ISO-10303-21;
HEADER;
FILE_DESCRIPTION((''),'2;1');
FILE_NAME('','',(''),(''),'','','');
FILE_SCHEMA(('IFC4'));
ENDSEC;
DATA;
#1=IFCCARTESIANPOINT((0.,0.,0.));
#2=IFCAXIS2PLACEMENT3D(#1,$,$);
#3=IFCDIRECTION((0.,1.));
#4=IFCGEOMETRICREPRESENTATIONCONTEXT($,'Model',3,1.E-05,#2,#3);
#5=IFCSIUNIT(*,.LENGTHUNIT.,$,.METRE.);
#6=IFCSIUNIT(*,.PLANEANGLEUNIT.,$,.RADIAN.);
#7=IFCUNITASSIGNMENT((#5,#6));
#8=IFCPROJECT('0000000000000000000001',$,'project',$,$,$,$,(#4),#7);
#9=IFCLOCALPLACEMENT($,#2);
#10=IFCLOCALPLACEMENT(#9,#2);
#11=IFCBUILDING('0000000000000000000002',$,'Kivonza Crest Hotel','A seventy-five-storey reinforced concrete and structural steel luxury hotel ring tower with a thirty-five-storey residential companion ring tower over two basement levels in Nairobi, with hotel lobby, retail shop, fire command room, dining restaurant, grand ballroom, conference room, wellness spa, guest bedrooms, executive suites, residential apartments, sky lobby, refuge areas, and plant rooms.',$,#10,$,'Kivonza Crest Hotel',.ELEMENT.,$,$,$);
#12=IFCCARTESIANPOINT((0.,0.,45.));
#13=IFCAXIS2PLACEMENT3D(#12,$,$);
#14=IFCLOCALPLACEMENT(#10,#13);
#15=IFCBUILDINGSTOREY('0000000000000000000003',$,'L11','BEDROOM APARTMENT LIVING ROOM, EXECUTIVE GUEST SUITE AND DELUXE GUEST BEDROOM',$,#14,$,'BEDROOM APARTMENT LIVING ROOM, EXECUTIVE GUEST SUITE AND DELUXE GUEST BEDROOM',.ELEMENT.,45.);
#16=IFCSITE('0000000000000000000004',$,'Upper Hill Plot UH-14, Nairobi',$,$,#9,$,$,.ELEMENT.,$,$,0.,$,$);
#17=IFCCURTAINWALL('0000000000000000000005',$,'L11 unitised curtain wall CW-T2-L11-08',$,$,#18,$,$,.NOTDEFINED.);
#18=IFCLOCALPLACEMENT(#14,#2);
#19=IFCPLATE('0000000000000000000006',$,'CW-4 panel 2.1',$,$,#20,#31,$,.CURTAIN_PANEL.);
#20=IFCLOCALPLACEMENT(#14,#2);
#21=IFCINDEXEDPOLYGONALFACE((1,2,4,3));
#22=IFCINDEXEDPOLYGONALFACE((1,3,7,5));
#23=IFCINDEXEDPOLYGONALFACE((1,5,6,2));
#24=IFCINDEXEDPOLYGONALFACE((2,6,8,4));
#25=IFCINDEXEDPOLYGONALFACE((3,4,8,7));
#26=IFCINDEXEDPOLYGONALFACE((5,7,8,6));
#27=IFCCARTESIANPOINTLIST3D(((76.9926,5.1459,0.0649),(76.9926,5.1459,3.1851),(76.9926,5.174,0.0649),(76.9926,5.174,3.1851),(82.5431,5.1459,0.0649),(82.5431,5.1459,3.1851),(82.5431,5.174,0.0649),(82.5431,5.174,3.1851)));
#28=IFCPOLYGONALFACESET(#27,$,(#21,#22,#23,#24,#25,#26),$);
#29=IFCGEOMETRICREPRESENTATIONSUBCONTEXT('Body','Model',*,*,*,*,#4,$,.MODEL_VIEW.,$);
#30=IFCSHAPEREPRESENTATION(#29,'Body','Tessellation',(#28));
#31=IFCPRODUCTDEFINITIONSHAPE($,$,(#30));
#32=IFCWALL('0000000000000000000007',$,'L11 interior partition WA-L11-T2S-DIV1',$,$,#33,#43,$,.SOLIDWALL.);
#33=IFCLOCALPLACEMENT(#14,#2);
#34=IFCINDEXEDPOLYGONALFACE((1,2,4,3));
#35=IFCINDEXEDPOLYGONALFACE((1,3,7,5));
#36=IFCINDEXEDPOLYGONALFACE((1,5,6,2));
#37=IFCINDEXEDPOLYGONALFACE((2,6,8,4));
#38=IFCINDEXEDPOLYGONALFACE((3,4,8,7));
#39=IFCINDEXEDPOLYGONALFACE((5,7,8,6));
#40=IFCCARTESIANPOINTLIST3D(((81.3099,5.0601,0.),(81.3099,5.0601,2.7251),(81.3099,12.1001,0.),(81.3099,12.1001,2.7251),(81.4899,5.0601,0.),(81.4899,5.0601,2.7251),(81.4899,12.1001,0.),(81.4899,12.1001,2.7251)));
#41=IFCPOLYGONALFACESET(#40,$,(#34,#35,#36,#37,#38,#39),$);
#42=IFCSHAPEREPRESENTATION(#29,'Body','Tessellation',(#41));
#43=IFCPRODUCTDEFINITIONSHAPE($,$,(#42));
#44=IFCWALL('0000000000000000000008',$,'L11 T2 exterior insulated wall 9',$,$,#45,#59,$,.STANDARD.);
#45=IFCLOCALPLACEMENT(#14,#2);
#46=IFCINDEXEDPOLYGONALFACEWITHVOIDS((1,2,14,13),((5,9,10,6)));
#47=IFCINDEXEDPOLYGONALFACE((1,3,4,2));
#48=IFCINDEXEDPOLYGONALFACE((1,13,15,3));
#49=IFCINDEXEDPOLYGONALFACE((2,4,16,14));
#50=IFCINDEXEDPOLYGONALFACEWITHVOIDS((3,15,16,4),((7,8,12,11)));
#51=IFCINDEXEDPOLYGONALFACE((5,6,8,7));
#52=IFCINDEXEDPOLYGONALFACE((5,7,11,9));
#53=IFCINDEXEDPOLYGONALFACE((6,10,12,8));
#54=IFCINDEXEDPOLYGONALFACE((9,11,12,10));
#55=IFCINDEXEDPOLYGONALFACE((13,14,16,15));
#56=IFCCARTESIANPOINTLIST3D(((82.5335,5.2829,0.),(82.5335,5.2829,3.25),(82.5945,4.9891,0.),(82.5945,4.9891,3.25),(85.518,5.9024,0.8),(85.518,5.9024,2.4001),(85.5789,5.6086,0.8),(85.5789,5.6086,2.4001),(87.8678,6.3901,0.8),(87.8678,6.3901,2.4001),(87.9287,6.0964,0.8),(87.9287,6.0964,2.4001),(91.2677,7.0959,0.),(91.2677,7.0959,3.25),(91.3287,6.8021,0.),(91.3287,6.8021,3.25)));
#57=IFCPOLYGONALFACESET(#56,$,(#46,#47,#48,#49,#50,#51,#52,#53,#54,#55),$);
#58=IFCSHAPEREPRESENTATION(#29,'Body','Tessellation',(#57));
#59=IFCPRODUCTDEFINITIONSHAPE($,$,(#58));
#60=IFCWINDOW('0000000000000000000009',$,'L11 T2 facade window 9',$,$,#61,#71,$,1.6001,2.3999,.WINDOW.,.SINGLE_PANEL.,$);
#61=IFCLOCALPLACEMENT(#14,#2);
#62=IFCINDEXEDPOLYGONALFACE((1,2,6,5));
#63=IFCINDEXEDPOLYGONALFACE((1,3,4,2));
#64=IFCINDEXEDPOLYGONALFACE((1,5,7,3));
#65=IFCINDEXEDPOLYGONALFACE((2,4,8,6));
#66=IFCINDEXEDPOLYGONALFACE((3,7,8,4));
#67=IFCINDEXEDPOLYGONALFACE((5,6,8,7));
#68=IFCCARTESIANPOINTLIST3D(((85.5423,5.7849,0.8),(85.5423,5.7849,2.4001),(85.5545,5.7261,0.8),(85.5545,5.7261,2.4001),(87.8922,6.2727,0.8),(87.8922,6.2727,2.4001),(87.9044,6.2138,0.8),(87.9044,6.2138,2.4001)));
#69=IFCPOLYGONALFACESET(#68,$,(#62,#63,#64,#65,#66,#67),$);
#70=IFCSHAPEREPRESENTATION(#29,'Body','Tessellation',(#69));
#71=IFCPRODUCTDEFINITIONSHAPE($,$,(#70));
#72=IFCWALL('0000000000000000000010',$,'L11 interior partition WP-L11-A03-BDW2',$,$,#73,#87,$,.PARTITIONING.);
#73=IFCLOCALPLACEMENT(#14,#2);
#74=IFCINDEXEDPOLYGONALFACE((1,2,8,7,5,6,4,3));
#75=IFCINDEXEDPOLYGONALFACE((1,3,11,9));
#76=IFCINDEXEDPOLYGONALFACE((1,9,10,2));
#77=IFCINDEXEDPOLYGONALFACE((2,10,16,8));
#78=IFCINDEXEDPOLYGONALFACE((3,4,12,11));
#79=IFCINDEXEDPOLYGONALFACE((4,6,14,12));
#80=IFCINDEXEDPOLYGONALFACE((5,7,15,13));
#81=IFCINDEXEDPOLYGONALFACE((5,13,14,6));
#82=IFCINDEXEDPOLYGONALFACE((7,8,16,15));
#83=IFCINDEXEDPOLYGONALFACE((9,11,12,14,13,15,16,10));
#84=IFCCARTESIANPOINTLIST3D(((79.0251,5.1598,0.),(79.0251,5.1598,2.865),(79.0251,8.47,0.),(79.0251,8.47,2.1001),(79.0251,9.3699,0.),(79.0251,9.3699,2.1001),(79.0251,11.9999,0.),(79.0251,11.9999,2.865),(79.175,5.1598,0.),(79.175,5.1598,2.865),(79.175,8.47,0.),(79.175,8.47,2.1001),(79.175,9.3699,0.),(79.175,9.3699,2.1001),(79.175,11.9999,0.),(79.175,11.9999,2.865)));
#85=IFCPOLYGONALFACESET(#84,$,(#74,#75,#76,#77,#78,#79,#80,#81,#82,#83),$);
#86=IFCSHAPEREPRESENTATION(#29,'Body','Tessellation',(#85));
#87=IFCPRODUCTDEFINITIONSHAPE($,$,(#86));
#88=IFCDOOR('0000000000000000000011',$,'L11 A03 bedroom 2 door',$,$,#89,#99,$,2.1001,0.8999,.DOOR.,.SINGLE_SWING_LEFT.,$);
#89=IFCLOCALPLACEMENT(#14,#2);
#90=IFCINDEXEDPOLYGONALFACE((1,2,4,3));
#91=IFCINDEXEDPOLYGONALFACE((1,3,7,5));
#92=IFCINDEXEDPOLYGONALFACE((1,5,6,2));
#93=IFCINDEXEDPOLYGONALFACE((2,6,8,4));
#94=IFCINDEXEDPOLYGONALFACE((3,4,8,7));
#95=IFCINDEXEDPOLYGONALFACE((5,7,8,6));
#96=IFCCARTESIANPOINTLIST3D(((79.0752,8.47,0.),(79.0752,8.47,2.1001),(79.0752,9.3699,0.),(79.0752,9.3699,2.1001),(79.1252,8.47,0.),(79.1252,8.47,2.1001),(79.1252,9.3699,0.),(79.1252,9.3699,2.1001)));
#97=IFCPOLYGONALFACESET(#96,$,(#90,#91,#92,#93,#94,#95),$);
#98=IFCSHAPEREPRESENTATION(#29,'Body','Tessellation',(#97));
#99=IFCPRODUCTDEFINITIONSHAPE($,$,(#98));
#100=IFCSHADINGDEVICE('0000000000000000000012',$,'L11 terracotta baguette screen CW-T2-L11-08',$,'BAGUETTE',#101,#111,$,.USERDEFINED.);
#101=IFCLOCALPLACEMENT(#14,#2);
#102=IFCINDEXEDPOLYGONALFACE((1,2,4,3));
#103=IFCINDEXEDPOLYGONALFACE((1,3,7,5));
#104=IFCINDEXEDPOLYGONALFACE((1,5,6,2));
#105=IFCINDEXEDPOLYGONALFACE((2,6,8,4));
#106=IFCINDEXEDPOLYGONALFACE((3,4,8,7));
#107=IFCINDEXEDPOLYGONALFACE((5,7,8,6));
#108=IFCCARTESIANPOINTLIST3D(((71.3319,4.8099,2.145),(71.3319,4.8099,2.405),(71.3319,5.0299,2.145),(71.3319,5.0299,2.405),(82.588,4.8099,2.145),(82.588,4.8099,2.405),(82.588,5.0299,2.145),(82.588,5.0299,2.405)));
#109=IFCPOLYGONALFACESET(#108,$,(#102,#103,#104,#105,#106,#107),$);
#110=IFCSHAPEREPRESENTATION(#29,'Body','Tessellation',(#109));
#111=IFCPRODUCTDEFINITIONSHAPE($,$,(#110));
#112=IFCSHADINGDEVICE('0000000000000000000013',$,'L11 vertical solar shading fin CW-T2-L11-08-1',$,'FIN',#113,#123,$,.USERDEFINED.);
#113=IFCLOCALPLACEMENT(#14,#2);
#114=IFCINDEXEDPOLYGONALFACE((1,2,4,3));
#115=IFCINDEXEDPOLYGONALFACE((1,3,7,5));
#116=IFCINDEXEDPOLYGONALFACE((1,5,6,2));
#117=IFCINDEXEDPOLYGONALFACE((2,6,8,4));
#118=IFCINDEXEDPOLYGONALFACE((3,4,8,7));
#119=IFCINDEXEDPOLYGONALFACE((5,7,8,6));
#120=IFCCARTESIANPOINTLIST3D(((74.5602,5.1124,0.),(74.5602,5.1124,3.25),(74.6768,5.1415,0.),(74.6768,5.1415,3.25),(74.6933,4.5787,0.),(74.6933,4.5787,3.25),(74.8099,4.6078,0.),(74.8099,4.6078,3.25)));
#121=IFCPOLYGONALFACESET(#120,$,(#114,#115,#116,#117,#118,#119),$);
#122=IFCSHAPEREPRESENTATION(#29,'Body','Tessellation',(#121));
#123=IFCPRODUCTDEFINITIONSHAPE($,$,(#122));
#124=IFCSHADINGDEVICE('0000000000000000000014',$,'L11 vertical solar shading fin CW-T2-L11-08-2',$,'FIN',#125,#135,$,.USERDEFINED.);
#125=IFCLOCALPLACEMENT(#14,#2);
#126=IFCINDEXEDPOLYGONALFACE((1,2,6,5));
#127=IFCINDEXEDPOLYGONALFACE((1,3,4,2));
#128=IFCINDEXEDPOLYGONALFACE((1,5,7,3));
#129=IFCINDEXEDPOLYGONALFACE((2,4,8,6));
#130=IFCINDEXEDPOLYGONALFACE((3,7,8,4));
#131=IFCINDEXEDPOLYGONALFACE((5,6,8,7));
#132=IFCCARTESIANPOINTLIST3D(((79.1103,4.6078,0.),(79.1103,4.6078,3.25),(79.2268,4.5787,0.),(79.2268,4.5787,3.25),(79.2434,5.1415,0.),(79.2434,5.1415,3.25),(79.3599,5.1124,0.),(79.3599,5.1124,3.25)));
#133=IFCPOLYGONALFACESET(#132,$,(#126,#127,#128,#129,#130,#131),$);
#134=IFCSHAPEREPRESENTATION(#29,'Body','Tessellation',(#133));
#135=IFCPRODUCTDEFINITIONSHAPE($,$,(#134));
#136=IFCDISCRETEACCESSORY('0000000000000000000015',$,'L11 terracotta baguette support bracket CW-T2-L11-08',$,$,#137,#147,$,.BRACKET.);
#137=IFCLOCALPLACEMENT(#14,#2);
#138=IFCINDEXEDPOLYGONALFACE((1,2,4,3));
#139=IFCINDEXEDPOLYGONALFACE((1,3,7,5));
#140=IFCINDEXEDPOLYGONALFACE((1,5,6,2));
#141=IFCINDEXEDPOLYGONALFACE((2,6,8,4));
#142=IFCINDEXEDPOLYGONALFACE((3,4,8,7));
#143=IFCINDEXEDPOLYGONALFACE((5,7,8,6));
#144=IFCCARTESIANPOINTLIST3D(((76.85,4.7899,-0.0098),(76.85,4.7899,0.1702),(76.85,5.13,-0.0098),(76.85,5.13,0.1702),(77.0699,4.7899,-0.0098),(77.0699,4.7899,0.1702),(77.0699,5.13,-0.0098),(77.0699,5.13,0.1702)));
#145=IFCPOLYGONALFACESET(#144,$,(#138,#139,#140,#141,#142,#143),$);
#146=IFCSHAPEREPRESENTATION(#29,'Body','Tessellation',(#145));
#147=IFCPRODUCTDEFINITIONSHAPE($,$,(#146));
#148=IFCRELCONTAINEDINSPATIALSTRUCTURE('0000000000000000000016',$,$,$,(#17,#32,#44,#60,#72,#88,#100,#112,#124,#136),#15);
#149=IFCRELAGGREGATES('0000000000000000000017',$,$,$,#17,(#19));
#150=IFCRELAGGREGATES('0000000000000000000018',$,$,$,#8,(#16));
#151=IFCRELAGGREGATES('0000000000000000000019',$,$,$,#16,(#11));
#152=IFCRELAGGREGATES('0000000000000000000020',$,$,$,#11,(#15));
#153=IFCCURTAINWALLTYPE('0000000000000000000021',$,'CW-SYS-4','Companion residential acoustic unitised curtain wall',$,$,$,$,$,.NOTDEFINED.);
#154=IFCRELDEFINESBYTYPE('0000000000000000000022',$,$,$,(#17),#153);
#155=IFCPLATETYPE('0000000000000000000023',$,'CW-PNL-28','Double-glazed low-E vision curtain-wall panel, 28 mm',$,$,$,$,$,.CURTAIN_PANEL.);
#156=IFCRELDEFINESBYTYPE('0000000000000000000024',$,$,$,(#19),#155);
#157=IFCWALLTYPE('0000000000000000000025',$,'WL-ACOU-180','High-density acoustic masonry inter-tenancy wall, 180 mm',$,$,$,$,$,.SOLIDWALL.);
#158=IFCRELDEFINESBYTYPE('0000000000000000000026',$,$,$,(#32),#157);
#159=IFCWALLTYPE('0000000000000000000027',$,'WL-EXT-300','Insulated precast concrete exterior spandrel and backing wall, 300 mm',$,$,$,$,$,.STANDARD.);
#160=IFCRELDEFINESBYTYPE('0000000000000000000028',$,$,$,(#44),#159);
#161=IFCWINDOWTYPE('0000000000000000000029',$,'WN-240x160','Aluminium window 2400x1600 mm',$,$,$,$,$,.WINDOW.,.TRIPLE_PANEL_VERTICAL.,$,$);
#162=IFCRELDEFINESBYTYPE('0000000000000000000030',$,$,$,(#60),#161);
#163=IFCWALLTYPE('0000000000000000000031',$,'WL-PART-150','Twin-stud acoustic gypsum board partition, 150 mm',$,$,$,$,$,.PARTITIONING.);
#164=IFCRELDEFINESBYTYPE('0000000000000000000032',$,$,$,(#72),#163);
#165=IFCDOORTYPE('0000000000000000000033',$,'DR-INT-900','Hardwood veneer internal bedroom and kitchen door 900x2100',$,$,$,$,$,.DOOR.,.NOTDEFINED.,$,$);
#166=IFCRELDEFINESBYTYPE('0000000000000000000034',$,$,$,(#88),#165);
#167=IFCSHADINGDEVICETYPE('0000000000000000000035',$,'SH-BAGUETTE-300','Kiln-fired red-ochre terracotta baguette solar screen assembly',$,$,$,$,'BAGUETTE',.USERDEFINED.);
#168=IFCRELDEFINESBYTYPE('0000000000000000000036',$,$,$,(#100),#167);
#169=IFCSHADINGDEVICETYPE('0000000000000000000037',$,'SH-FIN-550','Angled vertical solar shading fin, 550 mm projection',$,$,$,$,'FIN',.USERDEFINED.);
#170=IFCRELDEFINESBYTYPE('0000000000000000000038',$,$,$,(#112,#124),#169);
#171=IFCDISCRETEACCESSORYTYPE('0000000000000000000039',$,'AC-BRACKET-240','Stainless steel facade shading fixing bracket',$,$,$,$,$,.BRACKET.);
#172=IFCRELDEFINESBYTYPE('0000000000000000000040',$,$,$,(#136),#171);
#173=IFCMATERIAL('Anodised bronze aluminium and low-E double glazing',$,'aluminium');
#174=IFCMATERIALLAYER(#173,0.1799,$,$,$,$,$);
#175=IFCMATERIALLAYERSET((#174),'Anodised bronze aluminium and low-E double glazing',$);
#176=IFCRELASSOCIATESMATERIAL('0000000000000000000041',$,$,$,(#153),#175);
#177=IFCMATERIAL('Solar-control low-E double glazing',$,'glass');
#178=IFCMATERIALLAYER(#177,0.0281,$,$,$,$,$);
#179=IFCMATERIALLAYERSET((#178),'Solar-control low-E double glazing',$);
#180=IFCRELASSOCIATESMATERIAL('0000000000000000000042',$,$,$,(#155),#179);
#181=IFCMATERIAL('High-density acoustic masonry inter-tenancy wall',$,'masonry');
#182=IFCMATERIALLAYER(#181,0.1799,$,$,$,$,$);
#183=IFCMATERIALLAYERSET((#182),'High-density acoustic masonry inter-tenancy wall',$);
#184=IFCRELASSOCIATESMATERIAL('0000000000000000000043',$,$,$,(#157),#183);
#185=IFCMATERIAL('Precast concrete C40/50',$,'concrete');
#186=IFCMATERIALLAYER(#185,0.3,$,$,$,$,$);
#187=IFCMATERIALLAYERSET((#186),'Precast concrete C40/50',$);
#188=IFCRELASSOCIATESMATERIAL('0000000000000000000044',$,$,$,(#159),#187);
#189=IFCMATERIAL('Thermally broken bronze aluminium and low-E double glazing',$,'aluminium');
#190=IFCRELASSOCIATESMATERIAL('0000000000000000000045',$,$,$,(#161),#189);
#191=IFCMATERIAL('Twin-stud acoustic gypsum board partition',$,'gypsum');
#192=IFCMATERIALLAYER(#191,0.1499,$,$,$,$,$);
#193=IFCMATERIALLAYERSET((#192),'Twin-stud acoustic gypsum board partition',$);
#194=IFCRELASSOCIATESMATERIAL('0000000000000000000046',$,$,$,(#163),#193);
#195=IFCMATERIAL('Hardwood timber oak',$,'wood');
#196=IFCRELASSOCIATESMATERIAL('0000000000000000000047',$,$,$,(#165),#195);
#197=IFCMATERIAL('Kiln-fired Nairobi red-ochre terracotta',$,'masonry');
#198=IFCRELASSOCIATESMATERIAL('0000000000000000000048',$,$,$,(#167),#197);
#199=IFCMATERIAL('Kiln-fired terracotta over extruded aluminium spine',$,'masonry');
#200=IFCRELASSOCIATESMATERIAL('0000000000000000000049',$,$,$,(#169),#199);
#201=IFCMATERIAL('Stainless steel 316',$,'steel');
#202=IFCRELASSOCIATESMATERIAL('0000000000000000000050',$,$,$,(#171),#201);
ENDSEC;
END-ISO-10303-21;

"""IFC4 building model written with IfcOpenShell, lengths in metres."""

from ifc_helpers import new_model, si_unit, direction, frame, frame_2d, origin, origin_2d, place, context, subcontext, project, spatial, rectangle, extrude, material, layer, layer_set, type_object, element, fill, aggregate, save


model = new_model("IFC4")

# Units and contexts
model_context = context("Model", 3, precision=1e-05, world=origin(), true_north=direction((0.0, 1.0)))
body_context = subcontext(model_context, "Body", "Model", "MODEL_VIEW")
ifc_project = project(units=[si_unit("LENGTHUNIT", "METRE"), si_unit("PLANEANGLEUNIT", "RADIAN")], contexts=[model_context])

# Site, building, storey
site_placement = place(None, origin())
site = spatial("IfcSite", under=ifc_project, at=site_placement, Name="Upper Hill Plot UH-14, Nairobi", CompositionType="ELEMENT", RefElevation=0.0)
building_placement = place(site_placement, origin())
building = spatial("IfcBuilding", under=site, at=building_placement, Name="Kivonza Crest Hotel", Description="A seventy-five-storey reinforced concrete and structural steel luxury hotel ring tower with a thirty-five-storey residential companion ring tower over two basement levels in Nairobi, with hotel lobby, retail shop, fire command room, dining restaurant, grand ballroom, conference room, wellness spa, guest bedrooms, executive suites, residential apartments, sky lobby, refuge areas, and plant rooms.", LongName="Kivonza Crest Hotel", CompositionType="ELEMENT")
storey_placement = place(building_placement, frame((0.0, 0.0, 45.0)))
storey = spatial("IfcBuildingStorey", under=building, at=storey_placement, Name="L11", Description="BEDROOM APARTMENT LIVING ROOM, EXECUTIVE GUEST SUITE AND DELUXE GUEST BEDROOM", LongName="BEDROOM APARTMENT LIVING ROOM, EXECUTIVE GUEST SUITE AND DELUXE GUEST BEDROOM", CompositionType="ELEMENT", Elevation=45.0)

# Curtain wall, plate
ifc_material_1 = material(Name="Anodised bronze aluminium and low-E double glazing", Category="aluminium")
ifc_layer_1 = layer(ifc_material_1, 0.1799)
ifc_layer_set_1 = layer_set([ifc_layer_1], Name="Anodised bronze aluminium and low-E double glazing")
curtain_wall_type = type_object("IfcCurtainWallType", Name="CW-SYS-4", Description="Companion residential acoustic unitised curtain wall", PredefinedType="NOTDEFINED", material=ifc_layer_set_1)
curtain_wall_placement = place(storey_placement, origin())
curtain_wall = element("IfcCurtainWall", 1, at=curtain_wall_placement, inside=storey, type_object=curtain_wall_type, Name="L11 unitised curtain wall CW-T2-L11-08", PredefinedType="NOTDEFINED")
ifc_material_2 = material(Name="Solar-control low-E double glazing", Category="glass")
ifc_layer_2 = layer(ifc_material_2, 0.0281)
ifc_layer_set_2 = layer_set([ifc_layer_2], Name="Solar-control low-E double glazing")
plate_type = type_object("IfcPlateType", Name="CW-PNL-28", Description="Double-glazed low-E vision curtain-wall panel, 28 mm", PredefinedType="CURTAIN_PANEL", material=ifc_layer_set_2)
plate_1_placement = place(storey_placement, frame((79.7678, 5.1599, 0.0649), z_axis=(0.0, 0.0, 1.0), x_axis=(1.0, 0.0, 0.0)))
plate_1 = element("IfcPlate", 2, at=plate_1_placement, type_object=plate_type, Name="CW-4 panel 2.1", PredefinedType="CURTAIN_PANEL", context=body_context, shape_type="SweptSolid", body=[
    extrude(rectangle(XDim=5.5505, YDim=0.0281, at=origin_2d()), origin(), (0.0, 0.0, 1.0), 3.1201),
])
aggregate(curtain_wall, [plate_1])

# Wall
ifc_material_3 = material(Name="High-density acoustic masonry inter-tenancy wall", Category="masonry")
ifc_layer_3 = layer(ifc_material_3, 0.1799)
ifc_layer_set_3 = layer_set([ifc_layer_3], Name="High-density acoustic masonry inter-tenancy wall")
wall_type_1 = type_object("IfcWallType", Name="WL-ACOU-180", Description="High-density acoustic masonry inter-tenancy wall, 180 mm", PredefinedType="SOLIDWALL", material=ifc_layer_set_3)
wall_1_placement = place(storey_placement, frame((81.3999, 5.0601, 0.0), z_axis=(0.0, 0.0, 1.0), x_axis=(0.0, 1.0, 0.0)))
element("IfcWall", 3, at=wall_1_placement, inside=storey, type_object=wall_type_1, Name="L11 interior partition WA-L11-T2S-DIV1", PredefinedType="SOLIDWALL", context=body_context, shape_type="SweptSolid", body=[
    extrude(rectangle(XDim=7.04, YDim=0.1799, at=frame_2d((3.52, 0.0))), origin(), (0.0, 0.0, 1.0), 2.7251),
])

# Wall, opening, window
ifc_material_4 = material(Name="Precast concrete C40/50", Category="concrete")
ifc_layer_4 = layer(ifc_material_4, 0.3)
ifc_layer_set_4 = layer_set([ifc_layer_4], Name="Precast concrete C40/50")
wall_type_2 = type_object("IfcWallType", Name="WL-EXT-300", Description="Insulated precast concrete exterior spandrel and backing wall, 300 mm", PredefinedType="STANDARD", material=ifc_layer_set_4)
wall_2_placement = place(storey_placement, frame((82.564, 5.136, 0.0), z_axis=(0.0, 0.0, 1.0), x_axis=(0.979128, 0.203243, 0.0)))
wall_2 = element("IfcWall", 4, at=wall_2_placement, inside=storey, type_object=wall_type_2, Name="L11 T2 exterior insulated wall 9", PredefinedType="STANDARD", context=body_context, shape_type="SweptSolid", body=[
    extrude(rectangle(XDim=8.9204, YDim=0.3, at=frame_2d((4.4602, 0.0))), origin(), (0.0, 0.0, 1.0), 3.25),
])
opening_1_placement = place(wall_2_placement, frame((3.0481, 0.0, 0.8)))
opening_1 = element("IfcOpeningElement", 5, at=opening_1_placement, cuts=wall_2, PredefinedType="OPENING", context=body_context, shape_type="SweptSolid", body=[
    extrude(rectangle(XDim=2.3999, YDim=1.6001, at=frame_2d((1.2, 0.8))), frame((0.0, 0.1602, 0.0), z_axis=(0.0, -1.0, 0.0), x_axis=(1.0, 0.0, 0.0)), (0.0, 0.0, 1.0), 0.3201),
])
ifc_material_5 = material(Name="Thermally broken bronze aluminium and low-E double glazing", Category="aluminium")
window_type = type_object("IfcWindowType", Name="WN-240x160", Description="Aluminium window 2400x1600 mm", PartitioningType="TRIPLE_PANEL_VERTICAL", PredefinedType="WINDOW", material=ifc_material_5)
window_placement = place(opening_1_placement, origin())
window = element("IfcWindow", 6, at=window_placement, inside=storey, type_object=window_type, Name="L11 T2 facade window 9", OverallHeight=1.6001, OverallWidth=2.3999, PartitioningType="SINGLE_PANEL", PredefinedType="WINDOW", context=body_context, shape_type="SweptSolid", body=[
    extrude(rectangle(XDim=2.3999, YDim=1.6001, at=frame_2d((1.2, 0.8))), frame((0.0, 0.03, 0.0), z_axis=(0.0, -1.0, 0.0), x_axis=(1.0, 0.0, 0.0)), (0.0, 0.0, 1.0), 0.0601),
])
fill(opening_1, window)

# Wall, opening, door
ifc_material_6 = material(Name="Twin-stud acoustic gypsum board partition", Category="gypsum")
ifc_layer_5 = layer(ifc_material_6, 0.1499)
ifc_layer_set_5 = layer_set([ifc_layer_5], Name="Twin-stud acoustic gypsum board partition")
wall_type_3 = type_object("IfcWallType", Name="WL-PART-150", Description="Twin-stud acoustic gypsum board partition, 150 mm", PredefinedType="PARTITIONING", material=ifc_layer_set_5)
wall_3_placement = place(storey_placement, frame((79.1001, 5.1599, 0.0), z_axis=(0.0, 0.0, 1.0), x_axis=(0.0, 1.0, 0.0)))
wall_3 = element("IfcWall", 7, at=wall_3_placement, inside=storey, type_object=wall_type_3, Name="L11 interior partition WP-L11-A03-BDW2", PredefinedType="PARTITIONING", context=body_context, shape_type="SweptSolid", body=[
    extrude(rectangle(XDim=6.8401, YDim=0.1499, at=frame_2d((3.4199, 0.0))), origin(), (0.0, 0.0, 1.0), 2.865),
])
opening_2_placement = place(wall_3_placement, frame((3.3101, 0.0, 0.0)))
opening_2 = element("IfcOpeningElement", 8, at=opening_2_placement, cuts=wall_3, PredefinedType="OPENING", context=body_context, shape_type="SweptSolid", body=[
    extrude(rectangle(XDim=0.8999, YDim=2.1001, at=frame_2d((0.45, 1.05))), frame((0.0, 0.085, 0.0), z_axis=(0.0, -1.0, 0.0), x_axis=(1.0, 0.0, 0.0)), (0.0, 0.0, 1.0), 0.1699),
])
ifc_material_7 = material(Name="Hardwood timber oak", Category="wood")
door_type = type_object("IfcDoorType", Name="DR-INT-900", Description="Hardwood veneer internal bedroom and kitchen door 900x2100", OperationType="NOTDEFINED", PredefinedType="DOOR", material=ifc_material_7)
door_placement = place(opening_2_placement, origin())
door = element("IfcDoor", 9, at=door_placement, inside=storey, type_object=door_type, Name="L11 A03 bedroom 2 door", OperationType="SINGLE_SWING_LEFT", OverallHeight=2.1001, OverallWidth=0.8999, PredefinedType="DOOR", context=body_context, shape_type="SweptSolid", body=[
    extrude(rectangle(XDim=0.8999, YDim=2.1001, at=frame_2d((0.45, 1.05))), frame((0.0, 0.0249, 0.0), z_axis=(0.0, -1.0, 0.0), x_axis=(1.0, 0.0, 0.0)), (0.0, 0.0, 1.0), 0.05),
])
fill(opening_2, door)

# Shading devices
ifc_material_8 = material(Name="Kiln-fired Nairobi red-ochre terracotta", Category="masonry")
shading_device_type_1 = type_object("IfcShadingDeviceType", Name="SH-BAGUETTE-300", Description="Kiln-fired red-ochre terracotta baguette solar screen assembly", ElementType="BAGUETTE", PredefinedType="USERDEFINED", material=ifc_material_8)
shading_device_placement = place(storey_placement, frame((76.96, 4.9199, 2.145), z_axis=(0.0, 0.0, 1.0), x_axis=(1.0, 0.0, 0.0)))
element("IfcShadingDevice", 10, at=shading_device_placement, inside=storey, type_object=shading_device_type_1, Name="L11 terracotta baguette screen CW-T2-L11-08", ObjectType="BAGUETTE", PredefinedType="USERDEFINED", context=body_context, shape_type="SweptSolid", body=[
    extrude(rectangle(XDim=11.2561, YDim=0.22, at=origin_2d()), origin(), (0.0, 0.0, 1.0), 0.26),
])
ifc_material_9 = material(Name="Kiln-fired terracotta over extruded aluminium spine", Category="masonry")
shading_device_type_2 = type_object("IfcShadingDeviceType", Name="SH-FIN-550", Description="Angled vertical solar shading fin, 550 mm projection", ElementType="FIN", PredefinedType="USERDEFINED", material=ifc_material_9)
for number, where, z_axis, x_axis, name in (
    (11, (74.6851, 4.8601, 0.0), (0.0, 0.0, 1.0), (0.970296, 0.241922, 0.0), "L11 vertical solar shading fin CW-T2-L11-08-1"),
    (12, (79.2351, 4.8601, 0.0), (0.0, 0.0, 1.0), (0.970296, -0.241922, 0.0), "L11 vertical solar shading fin CW-T2-L11-08-2"),
):
    element("IfcShadingDevice", number, at=place(storey_placement, frame(where, z_axis=z_axis, x_axis=x_axis)), inside=storey, type_object=shading_device_type_2, Name=name, ObjectType="FIN", PredefinedType="USERDEFINED", context=body_context, shape_type="SweptSolid", body=[
        extrude(rectangle(XDim=0.1201, YDim=0.55, at=origin_2d()), origin(), (0.0, 0.0, 1.0), 3.25),
    ])

# Discrete accessory
ifc_material_10 = material(Name="Stainless steel 316", Category="steel")
discrete_accessory_type = type_object("IfcDiscreteAccessoryType", Name="AC-BRACKET-240", Description="Stainless steel facade shading fixing bracket", PredefinedType="BRACKET", material=ifc_material_10)
discrete_accessory_placement = place(storey_placement, frame((76.96, 4.96, -0.0098), z_axis=(0.0, 0.0, 1.0), x_axis=(1.0, 0.0, 0.0)))
element("IfcDiscreteAccessory", 13, at=discrete_accessory_placement, inside=storey, type_object=discrete_accessory_type, Name="L11 terracotta baguette support bracket CW-T2-L11-08", PredefinedType="BRACKET", context=body_context, shape_type="SweptSolid", body=[
    extrude(rectangle(XDim=0.22, YDim=0.3401, at=origin_2d()), origin(), (0.0, 0.0, 1.0), 0.1799),
])

save(model, "model.ifc")
